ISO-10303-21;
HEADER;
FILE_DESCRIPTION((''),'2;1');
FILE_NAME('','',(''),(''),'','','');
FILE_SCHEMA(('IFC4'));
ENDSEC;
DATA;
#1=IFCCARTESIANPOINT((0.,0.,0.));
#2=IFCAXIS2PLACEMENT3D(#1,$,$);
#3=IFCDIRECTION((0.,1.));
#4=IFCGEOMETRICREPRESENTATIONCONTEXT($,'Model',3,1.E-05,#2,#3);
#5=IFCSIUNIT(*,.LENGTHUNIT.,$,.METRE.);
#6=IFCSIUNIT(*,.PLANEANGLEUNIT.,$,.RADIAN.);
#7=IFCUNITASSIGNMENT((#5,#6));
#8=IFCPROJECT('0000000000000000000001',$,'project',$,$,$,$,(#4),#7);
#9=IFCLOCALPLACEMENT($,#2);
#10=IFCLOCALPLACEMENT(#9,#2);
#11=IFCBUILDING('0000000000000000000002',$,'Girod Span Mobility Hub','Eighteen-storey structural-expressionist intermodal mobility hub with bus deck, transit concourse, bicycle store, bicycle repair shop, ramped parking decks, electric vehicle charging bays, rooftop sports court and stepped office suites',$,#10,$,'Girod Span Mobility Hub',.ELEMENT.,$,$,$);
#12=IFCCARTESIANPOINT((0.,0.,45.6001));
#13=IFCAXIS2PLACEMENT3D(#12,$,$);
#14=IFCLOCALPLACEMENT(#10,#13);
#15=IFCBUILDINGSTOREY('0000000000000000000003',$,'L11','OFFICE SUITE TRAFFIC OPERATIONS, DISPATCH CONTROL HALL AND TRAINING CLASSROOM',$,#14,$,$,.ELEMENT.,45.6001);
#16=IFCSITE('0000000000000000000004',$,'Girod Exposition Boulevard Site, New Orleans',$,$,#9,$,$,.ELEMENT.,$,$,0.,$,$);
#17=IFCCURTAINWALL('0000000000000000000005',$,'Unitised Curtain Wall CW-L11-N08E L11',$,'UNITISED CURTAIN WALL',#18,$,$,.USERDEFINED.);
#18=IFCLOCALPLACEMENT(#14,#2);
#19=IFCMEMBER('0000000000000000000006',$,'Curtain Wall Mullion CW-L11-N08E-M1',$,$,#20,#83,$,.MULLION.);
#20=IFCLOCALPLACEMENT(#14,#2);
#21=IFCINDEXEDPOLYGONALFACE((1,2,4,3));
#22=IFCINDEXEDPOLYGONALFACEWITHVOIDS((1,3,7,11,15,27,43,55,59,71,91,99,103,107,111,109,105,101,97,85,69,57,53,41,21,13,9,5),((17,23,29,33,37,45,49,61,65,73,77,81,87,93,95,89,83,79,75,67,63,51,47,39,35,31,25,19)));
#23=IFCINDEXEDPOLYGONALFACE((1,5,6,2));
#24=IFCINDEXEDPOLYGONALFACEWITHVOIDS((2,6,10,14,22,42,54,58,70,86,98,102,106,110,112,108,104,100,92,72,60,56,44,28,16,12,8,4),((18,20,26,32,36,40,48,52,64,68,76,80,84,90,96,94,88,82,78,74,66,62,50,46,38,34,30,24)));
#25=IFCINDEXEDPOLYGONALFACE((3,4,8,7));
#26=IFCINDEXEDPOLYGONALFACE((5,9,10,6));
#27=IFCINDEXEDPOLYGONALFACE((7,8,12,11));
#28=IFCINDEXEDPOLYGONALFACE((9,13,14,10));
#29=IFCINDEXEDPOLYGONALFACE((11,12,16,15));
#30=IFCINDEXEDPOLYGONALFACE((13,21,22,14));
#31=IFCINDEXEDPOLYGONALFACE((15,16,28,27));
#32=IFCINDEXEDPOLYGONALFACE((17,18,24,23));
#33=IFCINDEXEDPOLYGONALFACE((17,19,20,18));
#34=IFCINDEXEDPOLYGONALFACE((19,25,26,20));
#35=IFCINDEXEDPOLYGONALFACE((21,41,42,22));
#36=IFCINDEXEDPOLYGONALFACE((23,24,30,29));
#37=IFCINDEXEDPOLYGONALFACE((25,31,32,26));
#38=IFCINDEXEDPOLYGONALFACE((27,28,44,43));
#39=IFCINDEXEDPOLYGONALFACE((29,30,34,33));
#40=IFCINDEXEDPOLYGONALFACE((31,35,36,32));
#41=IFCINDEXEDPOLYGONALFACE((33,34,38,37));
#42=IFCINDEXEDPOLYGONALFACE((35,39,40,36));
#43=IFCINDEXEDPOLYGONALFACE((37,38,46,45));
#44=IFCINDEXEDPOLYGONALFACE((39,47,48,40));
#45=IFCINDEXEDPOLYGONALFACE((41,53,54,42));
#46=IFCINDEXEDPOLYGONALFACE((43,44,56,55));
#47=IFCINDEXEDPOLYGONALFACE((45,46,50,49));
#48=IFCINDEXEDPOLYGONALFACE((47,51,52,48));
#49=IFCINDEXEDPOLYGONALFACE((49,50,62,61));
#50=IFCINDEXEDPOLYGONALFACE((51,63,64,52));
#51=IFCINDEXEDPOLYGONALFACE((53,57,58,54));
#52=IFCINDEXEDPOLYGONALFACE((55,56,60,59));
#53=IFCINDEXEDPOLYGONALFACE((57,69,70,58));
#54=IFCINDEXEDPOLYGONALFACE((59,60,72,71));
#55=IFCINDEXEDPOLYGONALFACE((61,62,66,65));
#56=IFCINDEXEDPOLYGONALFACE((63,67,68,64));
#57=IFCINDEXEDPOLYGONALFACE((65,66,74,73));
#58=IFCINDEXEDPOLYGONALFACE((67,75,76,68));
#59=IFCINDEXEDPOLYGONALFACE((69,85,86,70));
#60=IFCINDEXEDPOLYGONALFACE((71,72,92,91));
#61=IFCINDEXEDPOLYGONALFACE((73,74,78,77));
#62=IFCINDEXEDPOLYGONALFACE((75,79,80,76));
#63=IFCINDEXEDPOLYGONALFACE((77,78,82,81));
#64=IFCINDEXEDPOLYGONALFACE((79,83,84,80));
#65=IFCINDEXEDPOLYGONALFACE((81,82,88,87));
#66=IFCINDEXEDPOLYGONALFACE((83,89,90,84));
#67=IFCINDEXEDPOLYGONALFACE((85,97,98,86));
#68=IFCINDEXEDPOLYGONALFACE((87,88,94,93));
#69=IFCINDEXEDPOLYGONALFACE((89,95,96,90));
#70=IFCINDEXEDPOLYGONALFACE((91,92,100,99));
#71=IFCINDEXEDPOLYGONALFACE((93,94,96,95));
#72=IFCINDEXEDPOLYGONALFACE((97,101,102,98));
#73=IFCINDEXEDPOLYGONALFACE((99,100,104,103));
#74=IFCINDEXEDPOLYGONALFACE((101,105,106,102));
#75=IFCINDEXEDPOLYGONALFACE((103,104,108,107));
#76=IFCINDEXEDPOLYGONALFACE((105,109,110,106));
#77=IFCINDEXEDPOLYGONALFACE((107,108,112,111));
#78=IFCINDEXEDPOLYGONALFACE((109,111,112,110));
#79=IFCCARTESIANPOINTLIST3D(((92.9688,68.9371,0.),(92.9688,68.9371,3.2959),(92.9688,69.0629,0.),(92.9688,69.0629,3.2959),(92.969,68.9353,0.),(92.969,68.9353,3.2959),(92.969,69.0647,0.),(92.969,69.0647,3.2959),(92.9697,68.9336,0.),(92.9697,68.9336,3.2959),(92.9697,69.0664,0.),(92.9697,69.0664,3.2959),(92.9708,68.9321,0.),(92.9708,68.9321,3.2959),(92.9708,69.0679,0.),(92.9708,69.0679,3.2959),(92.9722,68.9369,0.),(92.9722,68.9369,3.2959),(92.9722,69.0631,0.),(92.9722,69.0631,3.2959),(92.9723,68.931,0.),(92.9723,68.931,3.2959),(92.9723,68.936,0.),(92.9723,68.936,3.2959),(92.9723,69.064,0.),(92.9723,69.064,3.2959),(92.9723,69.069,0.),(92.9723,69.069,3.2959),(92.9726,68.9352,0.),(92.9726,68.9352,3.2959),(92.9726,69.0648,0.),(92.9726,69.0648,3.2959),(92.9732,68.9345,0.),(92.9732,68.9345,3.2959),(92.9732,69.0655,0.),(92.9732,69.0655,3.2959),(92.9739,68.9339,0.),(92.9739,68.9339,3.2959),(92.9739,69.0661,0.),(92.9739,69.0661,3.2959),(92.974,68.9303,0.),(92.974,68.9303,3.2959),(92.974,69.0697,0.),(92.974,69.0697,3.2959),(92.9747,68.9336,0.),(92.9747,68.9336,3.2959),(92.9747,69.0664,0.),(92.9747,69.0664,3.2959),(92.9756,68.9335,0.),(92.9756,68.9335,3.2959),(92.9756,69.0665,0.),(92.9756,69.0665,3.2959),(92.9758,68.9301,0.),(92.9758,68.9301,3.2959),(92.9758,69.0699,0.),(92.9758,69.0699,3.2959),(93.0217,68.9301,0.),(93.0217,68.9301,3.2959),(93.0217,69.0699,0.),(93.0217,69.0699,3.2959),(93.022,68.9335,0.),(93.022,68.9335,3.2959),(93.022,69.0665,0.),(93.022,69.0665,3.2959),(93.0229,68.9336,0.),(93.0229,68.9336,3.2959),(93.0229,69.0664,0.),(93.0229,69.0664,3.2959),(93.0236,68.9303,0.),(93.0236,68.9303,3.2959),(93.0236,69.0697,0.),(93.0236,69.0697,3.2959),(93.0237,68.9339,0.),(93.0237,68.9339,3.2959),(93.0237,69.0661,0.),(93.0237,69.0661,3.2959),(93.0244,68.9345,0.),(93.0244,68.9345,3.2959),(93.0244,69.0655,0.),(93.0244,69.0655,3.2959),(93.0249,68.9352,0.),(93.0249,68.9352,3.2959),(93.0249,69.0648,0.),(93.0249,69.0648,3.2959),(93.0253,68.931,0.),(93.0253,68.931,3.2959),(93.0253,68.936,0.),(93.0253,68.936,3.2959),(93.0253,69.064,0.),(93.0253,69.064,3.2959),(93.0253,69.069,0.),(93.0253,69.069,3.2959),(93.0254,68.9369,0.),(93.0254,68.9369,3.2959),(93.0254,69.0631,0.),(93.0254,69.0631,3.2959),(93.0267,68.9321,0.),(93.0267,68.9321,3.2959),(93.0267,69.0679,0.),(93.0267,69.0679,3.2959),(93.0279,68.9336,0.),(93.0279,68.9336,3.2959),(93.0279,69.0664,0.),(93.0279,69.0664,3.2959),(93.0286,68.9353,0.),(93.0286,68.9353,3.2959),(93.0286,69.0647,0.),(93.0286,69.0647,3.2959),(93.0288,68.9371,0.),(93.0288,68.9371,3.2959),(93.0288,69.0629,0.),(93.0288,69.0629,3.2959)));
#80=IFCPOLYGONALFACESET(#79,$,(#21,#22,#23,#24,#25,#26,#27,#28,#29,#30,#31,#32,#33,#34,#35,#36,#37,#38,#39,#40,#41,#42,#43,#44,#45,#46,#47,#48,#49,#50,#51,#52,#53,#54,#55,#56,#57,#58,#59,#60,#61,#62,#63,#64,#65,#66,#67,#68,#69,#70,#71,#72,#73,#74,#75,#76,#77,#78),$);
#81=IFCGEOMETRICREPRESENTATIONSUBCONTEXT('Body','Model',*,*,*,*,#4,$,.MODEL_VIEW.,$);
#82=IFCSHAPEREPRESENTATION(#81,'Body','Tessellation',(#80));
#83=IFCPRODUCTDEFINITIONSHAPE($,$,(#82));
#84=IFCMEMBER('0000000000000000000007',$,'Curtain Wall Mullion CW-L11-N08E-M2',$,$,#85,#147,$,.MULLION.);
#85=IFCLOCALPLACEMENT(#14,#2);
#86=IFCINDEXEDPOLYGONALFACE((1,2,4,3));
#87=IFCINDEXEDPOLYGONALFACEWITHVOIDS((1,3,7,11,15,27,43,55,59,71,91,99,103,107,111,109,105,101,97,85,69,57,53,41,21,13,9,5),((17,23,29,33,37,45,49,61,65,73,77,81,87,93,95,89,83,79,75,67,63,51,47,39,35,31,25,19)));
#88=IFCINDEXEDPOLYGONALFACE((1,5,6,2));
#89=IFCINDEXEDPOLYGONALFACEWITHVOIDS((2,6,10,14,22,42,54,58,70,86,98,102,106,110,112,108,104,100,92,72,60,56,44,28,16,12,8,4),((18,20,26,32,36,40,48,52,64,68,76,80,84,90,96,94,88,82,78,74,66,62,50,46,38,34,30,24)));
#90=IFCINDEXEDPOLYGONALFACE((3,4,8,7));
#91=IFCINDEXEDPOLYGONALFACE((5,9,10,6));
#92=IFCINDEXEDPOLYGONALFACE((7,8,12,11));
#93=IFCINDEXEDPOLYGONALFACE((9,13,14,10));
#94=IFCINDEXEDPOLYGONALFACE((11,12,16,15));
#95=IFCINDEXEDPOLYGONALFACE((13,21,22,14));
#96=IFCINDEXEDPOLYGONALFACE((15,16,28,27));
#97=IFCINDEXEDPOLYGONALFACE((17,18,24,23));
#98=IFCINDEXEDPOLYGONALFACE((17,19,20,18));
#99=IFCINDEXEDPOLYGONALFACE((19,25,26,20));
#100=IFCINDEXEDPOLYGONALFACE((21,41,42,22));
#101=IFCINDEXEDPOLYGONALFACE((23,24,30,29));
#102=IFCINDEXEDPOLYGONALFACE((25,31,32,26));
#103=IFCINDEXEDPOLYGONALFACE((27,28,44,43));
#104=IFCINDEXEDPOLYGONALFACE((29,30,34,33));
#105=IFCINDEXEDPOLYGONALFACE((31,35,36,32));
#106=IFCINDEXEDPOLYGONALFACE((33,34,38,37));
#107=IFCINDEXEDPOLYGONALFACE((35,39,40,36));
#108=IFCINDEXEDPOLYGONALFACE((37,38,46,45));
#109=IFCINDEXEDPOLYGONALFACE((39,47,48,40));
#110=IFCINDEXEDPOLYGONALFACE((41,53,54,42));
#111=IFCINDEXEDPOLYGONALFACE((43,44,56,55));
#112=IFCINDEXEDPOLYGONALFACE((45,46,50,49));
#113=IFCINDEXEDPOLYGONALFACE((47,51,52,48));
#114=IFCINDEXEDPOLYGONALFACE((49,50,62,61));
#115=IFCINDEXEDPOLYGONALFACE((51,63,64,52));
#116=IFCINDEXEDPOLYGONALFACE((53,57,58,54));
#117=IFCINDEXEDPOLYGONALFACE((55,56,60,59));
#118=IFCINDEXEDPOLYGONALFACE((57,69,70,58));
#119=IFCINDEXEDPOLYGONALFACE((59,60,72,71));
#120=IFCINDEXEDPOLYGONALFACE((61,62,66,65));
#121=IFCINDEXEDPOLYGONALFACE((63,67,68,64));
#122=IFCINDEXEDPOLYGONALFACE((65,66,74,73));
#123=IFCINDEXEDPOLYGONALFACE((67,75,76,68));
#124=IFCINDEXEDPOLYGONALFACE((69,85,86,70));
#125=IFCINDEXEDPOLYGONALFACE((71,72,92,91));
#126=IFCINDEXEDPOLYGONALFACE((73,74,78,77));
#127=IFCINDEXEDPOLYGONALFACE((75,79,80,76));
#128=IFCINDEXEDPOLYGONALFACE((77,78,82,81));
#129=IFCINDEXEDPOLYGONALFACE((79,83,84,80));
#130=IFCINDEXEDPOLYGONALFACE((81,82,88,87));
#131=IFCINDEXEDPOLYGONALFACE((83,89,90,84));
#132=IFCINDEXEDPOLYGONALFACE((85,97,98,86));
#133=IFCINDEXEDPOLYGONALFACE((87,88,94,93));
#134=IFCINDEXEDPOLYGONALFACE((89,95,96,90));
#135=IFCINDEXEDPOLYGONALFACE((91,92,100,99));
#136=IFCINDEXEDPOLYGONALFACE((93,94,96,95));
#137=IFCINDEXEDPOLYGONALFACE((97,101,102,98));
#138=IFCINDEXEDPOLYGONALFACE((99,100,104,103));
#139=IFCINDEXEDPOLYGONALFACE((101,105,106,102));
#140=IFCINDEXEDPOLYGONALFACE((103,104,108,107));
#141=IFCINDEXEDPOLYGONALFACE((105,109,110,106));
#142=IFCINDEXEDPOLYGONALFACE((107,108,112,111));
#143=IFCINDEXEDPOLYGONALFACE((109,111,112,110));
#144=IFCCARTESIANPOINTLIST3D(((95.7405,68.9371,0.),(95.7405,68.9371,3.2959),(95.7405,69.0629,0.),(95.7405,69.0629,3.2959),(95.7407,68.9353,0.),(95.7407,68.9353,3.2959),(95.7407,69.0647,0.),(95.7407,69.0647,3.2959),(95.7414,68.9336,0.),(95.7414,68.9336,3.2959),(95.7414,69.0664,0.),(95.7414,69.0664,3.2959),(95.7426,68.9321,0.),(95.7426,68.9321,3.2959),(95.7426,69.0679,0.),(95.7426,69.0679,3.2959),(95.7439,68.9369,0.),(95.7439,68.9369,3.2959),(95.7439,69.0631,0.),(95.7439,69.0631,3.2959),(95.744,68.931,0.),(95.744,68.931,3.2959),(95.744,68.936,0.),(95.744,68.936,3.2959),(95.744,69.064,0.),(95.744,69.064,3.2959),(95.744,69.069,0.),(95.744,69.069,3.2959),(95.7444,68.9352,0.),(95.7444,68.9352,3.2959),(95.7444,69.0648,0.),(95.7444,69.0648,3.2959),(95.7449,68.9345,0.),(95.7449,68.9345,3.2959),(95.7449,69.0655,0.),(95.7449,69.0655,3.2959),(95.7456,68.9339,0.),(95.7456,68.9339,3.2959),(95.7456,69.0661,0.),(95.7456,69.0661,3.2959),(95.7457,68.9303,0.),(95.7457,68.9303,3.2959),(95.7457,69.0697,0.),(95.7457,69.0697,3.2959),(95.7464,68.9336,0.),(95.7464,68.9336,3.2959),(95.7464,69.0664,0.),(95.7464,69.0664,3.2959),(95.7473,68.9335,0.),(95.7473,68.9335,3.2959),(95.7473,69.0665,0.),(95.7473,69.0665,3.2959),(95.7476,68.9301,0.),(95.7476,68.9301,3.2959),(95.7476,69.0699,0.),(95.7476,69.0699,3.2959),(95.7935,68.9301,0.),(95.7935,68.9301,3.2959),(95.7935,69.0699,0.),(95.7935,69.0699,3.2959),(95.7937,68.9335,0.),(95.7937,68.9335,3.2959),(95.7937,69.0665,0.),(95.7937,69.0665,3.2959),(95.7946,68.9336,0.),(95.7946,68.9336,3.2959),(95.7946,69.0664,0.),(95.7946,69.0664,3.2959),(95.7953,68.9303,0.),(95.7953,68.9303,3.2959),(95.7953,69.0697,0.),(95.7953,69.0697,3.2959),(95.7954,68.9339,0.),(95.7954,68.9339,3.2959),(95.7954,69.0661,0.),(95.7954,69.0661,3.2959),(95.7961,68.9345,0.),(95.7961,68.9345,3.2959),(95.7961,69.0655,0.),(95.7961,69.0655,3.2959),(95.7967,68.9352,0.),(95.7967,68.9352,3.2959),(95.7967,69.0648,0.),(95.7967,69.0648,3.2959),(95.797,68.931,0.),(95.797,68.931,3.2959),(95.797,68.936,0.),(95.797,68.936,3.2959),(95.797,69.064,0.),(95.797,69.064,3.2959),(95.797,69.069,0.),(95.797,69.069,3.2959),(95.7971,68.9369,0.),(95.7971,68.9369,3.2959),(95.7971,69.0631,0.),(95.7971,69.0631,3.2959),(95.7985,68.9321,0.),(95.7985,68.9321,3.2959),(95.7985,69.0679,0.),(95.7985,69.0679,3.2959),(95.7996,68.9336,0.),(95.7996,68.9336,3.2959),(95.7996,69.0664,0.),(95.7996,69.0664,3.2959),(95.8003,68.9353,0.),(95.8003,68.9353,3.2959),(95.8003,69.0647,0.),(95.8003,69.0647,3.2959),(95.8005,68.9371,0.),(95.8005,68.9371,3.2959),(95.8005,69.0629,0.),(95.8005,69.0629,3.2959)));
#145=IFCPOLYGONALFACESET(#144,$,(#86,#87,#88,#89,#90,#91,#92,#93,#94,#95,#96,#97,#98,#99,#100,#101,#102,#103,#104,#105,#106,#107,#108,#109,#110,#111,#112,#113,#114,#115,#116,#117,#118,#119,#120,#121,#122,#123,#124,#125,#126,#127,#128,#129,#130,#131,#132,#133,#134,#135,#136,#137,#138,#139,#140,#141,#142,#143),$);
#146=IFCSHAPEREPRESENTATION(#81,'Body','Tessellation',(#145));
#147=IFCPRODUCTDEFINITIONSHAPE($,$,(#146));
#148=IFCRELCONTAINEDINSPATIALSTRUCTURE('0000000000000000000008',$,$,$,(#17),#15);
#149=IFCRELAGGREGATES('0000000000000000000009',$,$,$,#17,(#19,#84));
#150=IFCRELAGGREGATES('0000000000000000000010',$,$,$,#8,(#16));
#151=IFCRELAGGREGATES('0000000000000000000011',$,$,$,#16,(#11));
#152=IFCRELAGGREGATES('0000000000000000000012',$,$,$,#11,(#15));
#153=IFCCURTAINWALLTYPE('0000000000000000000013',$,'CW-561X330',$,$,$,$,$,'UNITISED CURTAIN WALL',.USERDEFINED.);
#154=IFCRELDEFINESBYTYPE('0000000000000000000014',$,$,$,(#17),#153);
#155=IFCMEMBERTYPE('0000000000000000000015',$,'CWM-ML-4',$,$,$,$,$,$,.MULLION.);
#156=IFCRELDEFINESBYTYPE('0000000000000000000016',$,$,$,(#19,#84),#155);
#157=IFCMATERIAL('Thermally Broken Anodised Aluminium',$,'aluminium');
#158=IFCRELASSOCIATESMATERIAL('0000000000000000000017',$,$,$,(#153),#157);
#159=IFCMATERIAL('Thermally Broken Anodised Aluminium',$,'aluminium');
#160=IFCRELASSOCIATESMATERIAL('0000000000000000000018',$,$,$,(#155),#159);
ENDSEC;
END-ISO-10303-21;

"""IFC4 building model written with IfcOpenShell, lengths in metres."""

from ifc_helpers import new_model, si_unit, direction, frame, origin, origin_2d, place, context, subcontext, project, spatial, hollow_rectangle, extrude, material, material_profile, profile_set, type_object, element, aggregate, save


model = new_model("IFC4")

# Units and contexts
model_context = context("Model", 3, precision=1e-05, world=origin(), true_north=direction((0.0, 1.0)))
body_context = subcontext(model_context, "Body", "Model", "MODEL_VIEW")
ifc_project = project(units=[si_unit("LENGTHUNIT", "METRE"), si_unit("PLANEANGLEUNIT", "RADIAN")], contexts=[model_context])

# Site, building, storey
site_placement = place(None, origin())
site = spatial("IfcSite", under=ifc_project, at=site_placement, Name="Girod Exposition Boulevard Site, New Orleans", CompositionType="ELEMENT", RefElevation=0.0)
building_placement = place(site_placement, origin())
building = spatial("IfcBuilding", under=site, at=building_placement, Name="Girod Span Mobility Hub", Description="Eighteen-storey structural-expressionist intermodal mobility hub with bus deck, transit concourse, bicycle store, bicycle repair shop, ramped parking decks, electric vehicle charging bays, rooftop sports court and stepped office suites", LongName="Girod Span Mobility Hub", CompositionType="ELEMENT")
storey_placement = place(building_placement, frame((0.0, 0.0, 45.6001)))
storey = spatial("IfcBuildingStorey", under=building, at=storey_placement, Name="L11", Description="OFFICE SUITE TRAFFIC OPERATIONS, DISPATCH CONTROL HALL AND TRAINING CLASSROOM", CompositionType="ELEMENT", Elevation=45.6001)

# Curtain wall, members
ifc_material_1 = material(Name="Thermally Broken Anodised Aluminium", Category="aluminium")
curtain_wall_type = type_object("IfcCurtainWallType", Name="CW-561X330", ElementType="UNITISED CURTAIN WALL", PredefinedType="USERDEFINED", material=ifc_material_1)
ifc_material_2 = material(Name="Thermally Broken Anodised Aluminium", Category="aluminium")
ifc_material_profile_1 = material_profile(ifc_material_2, hollow_rectangle(XDim=0.1399, YDim=0.0601, WallThickness=0.0034, InnerFilletRadius=0.0034, OuterFilletRadius=0.0071, at=origin_2d()), Name="CW-ML-60X140")
ifc_profile_set_1 = profile_set([ifc_material_profile_1], Name="Thermally Broken Anodised Aluminium")
member_type_1 = type_object("IfcMemberType", Name="CWM-ML-4", PredefinedType="MULLION", material=ifc_profile_set_1)
curtain_wall_1_placement = place(storey_placement, origin())
curtain_wall_1 = element("IfcCurtainWall", 1, at=curtain_wall_1_placement, inside=storey, type_object=curtain_wall_type, Name="Unitised Curtain Wall CW-L11-N08E L11", ObjectType="UNITISED CURTAIN WALL", PredefinedType="USERDEFINED")
member_1_placement = place(storey_placement, frame((92.9988, 69.0, 0.0), z_axis=(0.0, 0.0, 1.0), x_axis=(0.0, 1.0, 0.0)))
member_1 = element("IfcMember", 2, at=member_1_placement, type_object=member_type_1, Name="Curtain Wall Mullion CW-L11-N08E-M1", PredefinedType="MULLION", context=body_context, shape_type="SweptSolid", body=[
    extrude(hollow_rectangle(XDim=0.1399, YDim=0.0601, WallThickness=0.0034, InnerFilletRadius=0.0034, OuterFilletRadius=0.0071, at=origin_2d()), origin(), (0.0, 0.0, 1.0), 3.2959),
])
member_2_placement = place(storey_placement, frame((95.7705, 69.0, 0.0), z_axis=(0.0, 0.0, 1.0), x_axis=(0.0, 1.0, 0.0)))
member_2 = element("IfcMember", 3, at=member_2_placement, type_object=member_type_1, Name="Curtain Wall Mullion CW-L11-N08E-M2", PredefinedType="MULLION", context=body_context, shape_type="SweptSolid", body=[
    extrude(hollow_rectangle(XDim=0.1399, YDim=0.0601, WallThickness=0.0034, InnerFilletRadius=0.0034, OuterFilletRadius=0.0071, at=origin_2d()), origin(), (0.0, 0.0, 1.0), 3.2959),
])

aggregate(curtain_wall_1, [member_1, member_2])

save(model, "model.ifc")
